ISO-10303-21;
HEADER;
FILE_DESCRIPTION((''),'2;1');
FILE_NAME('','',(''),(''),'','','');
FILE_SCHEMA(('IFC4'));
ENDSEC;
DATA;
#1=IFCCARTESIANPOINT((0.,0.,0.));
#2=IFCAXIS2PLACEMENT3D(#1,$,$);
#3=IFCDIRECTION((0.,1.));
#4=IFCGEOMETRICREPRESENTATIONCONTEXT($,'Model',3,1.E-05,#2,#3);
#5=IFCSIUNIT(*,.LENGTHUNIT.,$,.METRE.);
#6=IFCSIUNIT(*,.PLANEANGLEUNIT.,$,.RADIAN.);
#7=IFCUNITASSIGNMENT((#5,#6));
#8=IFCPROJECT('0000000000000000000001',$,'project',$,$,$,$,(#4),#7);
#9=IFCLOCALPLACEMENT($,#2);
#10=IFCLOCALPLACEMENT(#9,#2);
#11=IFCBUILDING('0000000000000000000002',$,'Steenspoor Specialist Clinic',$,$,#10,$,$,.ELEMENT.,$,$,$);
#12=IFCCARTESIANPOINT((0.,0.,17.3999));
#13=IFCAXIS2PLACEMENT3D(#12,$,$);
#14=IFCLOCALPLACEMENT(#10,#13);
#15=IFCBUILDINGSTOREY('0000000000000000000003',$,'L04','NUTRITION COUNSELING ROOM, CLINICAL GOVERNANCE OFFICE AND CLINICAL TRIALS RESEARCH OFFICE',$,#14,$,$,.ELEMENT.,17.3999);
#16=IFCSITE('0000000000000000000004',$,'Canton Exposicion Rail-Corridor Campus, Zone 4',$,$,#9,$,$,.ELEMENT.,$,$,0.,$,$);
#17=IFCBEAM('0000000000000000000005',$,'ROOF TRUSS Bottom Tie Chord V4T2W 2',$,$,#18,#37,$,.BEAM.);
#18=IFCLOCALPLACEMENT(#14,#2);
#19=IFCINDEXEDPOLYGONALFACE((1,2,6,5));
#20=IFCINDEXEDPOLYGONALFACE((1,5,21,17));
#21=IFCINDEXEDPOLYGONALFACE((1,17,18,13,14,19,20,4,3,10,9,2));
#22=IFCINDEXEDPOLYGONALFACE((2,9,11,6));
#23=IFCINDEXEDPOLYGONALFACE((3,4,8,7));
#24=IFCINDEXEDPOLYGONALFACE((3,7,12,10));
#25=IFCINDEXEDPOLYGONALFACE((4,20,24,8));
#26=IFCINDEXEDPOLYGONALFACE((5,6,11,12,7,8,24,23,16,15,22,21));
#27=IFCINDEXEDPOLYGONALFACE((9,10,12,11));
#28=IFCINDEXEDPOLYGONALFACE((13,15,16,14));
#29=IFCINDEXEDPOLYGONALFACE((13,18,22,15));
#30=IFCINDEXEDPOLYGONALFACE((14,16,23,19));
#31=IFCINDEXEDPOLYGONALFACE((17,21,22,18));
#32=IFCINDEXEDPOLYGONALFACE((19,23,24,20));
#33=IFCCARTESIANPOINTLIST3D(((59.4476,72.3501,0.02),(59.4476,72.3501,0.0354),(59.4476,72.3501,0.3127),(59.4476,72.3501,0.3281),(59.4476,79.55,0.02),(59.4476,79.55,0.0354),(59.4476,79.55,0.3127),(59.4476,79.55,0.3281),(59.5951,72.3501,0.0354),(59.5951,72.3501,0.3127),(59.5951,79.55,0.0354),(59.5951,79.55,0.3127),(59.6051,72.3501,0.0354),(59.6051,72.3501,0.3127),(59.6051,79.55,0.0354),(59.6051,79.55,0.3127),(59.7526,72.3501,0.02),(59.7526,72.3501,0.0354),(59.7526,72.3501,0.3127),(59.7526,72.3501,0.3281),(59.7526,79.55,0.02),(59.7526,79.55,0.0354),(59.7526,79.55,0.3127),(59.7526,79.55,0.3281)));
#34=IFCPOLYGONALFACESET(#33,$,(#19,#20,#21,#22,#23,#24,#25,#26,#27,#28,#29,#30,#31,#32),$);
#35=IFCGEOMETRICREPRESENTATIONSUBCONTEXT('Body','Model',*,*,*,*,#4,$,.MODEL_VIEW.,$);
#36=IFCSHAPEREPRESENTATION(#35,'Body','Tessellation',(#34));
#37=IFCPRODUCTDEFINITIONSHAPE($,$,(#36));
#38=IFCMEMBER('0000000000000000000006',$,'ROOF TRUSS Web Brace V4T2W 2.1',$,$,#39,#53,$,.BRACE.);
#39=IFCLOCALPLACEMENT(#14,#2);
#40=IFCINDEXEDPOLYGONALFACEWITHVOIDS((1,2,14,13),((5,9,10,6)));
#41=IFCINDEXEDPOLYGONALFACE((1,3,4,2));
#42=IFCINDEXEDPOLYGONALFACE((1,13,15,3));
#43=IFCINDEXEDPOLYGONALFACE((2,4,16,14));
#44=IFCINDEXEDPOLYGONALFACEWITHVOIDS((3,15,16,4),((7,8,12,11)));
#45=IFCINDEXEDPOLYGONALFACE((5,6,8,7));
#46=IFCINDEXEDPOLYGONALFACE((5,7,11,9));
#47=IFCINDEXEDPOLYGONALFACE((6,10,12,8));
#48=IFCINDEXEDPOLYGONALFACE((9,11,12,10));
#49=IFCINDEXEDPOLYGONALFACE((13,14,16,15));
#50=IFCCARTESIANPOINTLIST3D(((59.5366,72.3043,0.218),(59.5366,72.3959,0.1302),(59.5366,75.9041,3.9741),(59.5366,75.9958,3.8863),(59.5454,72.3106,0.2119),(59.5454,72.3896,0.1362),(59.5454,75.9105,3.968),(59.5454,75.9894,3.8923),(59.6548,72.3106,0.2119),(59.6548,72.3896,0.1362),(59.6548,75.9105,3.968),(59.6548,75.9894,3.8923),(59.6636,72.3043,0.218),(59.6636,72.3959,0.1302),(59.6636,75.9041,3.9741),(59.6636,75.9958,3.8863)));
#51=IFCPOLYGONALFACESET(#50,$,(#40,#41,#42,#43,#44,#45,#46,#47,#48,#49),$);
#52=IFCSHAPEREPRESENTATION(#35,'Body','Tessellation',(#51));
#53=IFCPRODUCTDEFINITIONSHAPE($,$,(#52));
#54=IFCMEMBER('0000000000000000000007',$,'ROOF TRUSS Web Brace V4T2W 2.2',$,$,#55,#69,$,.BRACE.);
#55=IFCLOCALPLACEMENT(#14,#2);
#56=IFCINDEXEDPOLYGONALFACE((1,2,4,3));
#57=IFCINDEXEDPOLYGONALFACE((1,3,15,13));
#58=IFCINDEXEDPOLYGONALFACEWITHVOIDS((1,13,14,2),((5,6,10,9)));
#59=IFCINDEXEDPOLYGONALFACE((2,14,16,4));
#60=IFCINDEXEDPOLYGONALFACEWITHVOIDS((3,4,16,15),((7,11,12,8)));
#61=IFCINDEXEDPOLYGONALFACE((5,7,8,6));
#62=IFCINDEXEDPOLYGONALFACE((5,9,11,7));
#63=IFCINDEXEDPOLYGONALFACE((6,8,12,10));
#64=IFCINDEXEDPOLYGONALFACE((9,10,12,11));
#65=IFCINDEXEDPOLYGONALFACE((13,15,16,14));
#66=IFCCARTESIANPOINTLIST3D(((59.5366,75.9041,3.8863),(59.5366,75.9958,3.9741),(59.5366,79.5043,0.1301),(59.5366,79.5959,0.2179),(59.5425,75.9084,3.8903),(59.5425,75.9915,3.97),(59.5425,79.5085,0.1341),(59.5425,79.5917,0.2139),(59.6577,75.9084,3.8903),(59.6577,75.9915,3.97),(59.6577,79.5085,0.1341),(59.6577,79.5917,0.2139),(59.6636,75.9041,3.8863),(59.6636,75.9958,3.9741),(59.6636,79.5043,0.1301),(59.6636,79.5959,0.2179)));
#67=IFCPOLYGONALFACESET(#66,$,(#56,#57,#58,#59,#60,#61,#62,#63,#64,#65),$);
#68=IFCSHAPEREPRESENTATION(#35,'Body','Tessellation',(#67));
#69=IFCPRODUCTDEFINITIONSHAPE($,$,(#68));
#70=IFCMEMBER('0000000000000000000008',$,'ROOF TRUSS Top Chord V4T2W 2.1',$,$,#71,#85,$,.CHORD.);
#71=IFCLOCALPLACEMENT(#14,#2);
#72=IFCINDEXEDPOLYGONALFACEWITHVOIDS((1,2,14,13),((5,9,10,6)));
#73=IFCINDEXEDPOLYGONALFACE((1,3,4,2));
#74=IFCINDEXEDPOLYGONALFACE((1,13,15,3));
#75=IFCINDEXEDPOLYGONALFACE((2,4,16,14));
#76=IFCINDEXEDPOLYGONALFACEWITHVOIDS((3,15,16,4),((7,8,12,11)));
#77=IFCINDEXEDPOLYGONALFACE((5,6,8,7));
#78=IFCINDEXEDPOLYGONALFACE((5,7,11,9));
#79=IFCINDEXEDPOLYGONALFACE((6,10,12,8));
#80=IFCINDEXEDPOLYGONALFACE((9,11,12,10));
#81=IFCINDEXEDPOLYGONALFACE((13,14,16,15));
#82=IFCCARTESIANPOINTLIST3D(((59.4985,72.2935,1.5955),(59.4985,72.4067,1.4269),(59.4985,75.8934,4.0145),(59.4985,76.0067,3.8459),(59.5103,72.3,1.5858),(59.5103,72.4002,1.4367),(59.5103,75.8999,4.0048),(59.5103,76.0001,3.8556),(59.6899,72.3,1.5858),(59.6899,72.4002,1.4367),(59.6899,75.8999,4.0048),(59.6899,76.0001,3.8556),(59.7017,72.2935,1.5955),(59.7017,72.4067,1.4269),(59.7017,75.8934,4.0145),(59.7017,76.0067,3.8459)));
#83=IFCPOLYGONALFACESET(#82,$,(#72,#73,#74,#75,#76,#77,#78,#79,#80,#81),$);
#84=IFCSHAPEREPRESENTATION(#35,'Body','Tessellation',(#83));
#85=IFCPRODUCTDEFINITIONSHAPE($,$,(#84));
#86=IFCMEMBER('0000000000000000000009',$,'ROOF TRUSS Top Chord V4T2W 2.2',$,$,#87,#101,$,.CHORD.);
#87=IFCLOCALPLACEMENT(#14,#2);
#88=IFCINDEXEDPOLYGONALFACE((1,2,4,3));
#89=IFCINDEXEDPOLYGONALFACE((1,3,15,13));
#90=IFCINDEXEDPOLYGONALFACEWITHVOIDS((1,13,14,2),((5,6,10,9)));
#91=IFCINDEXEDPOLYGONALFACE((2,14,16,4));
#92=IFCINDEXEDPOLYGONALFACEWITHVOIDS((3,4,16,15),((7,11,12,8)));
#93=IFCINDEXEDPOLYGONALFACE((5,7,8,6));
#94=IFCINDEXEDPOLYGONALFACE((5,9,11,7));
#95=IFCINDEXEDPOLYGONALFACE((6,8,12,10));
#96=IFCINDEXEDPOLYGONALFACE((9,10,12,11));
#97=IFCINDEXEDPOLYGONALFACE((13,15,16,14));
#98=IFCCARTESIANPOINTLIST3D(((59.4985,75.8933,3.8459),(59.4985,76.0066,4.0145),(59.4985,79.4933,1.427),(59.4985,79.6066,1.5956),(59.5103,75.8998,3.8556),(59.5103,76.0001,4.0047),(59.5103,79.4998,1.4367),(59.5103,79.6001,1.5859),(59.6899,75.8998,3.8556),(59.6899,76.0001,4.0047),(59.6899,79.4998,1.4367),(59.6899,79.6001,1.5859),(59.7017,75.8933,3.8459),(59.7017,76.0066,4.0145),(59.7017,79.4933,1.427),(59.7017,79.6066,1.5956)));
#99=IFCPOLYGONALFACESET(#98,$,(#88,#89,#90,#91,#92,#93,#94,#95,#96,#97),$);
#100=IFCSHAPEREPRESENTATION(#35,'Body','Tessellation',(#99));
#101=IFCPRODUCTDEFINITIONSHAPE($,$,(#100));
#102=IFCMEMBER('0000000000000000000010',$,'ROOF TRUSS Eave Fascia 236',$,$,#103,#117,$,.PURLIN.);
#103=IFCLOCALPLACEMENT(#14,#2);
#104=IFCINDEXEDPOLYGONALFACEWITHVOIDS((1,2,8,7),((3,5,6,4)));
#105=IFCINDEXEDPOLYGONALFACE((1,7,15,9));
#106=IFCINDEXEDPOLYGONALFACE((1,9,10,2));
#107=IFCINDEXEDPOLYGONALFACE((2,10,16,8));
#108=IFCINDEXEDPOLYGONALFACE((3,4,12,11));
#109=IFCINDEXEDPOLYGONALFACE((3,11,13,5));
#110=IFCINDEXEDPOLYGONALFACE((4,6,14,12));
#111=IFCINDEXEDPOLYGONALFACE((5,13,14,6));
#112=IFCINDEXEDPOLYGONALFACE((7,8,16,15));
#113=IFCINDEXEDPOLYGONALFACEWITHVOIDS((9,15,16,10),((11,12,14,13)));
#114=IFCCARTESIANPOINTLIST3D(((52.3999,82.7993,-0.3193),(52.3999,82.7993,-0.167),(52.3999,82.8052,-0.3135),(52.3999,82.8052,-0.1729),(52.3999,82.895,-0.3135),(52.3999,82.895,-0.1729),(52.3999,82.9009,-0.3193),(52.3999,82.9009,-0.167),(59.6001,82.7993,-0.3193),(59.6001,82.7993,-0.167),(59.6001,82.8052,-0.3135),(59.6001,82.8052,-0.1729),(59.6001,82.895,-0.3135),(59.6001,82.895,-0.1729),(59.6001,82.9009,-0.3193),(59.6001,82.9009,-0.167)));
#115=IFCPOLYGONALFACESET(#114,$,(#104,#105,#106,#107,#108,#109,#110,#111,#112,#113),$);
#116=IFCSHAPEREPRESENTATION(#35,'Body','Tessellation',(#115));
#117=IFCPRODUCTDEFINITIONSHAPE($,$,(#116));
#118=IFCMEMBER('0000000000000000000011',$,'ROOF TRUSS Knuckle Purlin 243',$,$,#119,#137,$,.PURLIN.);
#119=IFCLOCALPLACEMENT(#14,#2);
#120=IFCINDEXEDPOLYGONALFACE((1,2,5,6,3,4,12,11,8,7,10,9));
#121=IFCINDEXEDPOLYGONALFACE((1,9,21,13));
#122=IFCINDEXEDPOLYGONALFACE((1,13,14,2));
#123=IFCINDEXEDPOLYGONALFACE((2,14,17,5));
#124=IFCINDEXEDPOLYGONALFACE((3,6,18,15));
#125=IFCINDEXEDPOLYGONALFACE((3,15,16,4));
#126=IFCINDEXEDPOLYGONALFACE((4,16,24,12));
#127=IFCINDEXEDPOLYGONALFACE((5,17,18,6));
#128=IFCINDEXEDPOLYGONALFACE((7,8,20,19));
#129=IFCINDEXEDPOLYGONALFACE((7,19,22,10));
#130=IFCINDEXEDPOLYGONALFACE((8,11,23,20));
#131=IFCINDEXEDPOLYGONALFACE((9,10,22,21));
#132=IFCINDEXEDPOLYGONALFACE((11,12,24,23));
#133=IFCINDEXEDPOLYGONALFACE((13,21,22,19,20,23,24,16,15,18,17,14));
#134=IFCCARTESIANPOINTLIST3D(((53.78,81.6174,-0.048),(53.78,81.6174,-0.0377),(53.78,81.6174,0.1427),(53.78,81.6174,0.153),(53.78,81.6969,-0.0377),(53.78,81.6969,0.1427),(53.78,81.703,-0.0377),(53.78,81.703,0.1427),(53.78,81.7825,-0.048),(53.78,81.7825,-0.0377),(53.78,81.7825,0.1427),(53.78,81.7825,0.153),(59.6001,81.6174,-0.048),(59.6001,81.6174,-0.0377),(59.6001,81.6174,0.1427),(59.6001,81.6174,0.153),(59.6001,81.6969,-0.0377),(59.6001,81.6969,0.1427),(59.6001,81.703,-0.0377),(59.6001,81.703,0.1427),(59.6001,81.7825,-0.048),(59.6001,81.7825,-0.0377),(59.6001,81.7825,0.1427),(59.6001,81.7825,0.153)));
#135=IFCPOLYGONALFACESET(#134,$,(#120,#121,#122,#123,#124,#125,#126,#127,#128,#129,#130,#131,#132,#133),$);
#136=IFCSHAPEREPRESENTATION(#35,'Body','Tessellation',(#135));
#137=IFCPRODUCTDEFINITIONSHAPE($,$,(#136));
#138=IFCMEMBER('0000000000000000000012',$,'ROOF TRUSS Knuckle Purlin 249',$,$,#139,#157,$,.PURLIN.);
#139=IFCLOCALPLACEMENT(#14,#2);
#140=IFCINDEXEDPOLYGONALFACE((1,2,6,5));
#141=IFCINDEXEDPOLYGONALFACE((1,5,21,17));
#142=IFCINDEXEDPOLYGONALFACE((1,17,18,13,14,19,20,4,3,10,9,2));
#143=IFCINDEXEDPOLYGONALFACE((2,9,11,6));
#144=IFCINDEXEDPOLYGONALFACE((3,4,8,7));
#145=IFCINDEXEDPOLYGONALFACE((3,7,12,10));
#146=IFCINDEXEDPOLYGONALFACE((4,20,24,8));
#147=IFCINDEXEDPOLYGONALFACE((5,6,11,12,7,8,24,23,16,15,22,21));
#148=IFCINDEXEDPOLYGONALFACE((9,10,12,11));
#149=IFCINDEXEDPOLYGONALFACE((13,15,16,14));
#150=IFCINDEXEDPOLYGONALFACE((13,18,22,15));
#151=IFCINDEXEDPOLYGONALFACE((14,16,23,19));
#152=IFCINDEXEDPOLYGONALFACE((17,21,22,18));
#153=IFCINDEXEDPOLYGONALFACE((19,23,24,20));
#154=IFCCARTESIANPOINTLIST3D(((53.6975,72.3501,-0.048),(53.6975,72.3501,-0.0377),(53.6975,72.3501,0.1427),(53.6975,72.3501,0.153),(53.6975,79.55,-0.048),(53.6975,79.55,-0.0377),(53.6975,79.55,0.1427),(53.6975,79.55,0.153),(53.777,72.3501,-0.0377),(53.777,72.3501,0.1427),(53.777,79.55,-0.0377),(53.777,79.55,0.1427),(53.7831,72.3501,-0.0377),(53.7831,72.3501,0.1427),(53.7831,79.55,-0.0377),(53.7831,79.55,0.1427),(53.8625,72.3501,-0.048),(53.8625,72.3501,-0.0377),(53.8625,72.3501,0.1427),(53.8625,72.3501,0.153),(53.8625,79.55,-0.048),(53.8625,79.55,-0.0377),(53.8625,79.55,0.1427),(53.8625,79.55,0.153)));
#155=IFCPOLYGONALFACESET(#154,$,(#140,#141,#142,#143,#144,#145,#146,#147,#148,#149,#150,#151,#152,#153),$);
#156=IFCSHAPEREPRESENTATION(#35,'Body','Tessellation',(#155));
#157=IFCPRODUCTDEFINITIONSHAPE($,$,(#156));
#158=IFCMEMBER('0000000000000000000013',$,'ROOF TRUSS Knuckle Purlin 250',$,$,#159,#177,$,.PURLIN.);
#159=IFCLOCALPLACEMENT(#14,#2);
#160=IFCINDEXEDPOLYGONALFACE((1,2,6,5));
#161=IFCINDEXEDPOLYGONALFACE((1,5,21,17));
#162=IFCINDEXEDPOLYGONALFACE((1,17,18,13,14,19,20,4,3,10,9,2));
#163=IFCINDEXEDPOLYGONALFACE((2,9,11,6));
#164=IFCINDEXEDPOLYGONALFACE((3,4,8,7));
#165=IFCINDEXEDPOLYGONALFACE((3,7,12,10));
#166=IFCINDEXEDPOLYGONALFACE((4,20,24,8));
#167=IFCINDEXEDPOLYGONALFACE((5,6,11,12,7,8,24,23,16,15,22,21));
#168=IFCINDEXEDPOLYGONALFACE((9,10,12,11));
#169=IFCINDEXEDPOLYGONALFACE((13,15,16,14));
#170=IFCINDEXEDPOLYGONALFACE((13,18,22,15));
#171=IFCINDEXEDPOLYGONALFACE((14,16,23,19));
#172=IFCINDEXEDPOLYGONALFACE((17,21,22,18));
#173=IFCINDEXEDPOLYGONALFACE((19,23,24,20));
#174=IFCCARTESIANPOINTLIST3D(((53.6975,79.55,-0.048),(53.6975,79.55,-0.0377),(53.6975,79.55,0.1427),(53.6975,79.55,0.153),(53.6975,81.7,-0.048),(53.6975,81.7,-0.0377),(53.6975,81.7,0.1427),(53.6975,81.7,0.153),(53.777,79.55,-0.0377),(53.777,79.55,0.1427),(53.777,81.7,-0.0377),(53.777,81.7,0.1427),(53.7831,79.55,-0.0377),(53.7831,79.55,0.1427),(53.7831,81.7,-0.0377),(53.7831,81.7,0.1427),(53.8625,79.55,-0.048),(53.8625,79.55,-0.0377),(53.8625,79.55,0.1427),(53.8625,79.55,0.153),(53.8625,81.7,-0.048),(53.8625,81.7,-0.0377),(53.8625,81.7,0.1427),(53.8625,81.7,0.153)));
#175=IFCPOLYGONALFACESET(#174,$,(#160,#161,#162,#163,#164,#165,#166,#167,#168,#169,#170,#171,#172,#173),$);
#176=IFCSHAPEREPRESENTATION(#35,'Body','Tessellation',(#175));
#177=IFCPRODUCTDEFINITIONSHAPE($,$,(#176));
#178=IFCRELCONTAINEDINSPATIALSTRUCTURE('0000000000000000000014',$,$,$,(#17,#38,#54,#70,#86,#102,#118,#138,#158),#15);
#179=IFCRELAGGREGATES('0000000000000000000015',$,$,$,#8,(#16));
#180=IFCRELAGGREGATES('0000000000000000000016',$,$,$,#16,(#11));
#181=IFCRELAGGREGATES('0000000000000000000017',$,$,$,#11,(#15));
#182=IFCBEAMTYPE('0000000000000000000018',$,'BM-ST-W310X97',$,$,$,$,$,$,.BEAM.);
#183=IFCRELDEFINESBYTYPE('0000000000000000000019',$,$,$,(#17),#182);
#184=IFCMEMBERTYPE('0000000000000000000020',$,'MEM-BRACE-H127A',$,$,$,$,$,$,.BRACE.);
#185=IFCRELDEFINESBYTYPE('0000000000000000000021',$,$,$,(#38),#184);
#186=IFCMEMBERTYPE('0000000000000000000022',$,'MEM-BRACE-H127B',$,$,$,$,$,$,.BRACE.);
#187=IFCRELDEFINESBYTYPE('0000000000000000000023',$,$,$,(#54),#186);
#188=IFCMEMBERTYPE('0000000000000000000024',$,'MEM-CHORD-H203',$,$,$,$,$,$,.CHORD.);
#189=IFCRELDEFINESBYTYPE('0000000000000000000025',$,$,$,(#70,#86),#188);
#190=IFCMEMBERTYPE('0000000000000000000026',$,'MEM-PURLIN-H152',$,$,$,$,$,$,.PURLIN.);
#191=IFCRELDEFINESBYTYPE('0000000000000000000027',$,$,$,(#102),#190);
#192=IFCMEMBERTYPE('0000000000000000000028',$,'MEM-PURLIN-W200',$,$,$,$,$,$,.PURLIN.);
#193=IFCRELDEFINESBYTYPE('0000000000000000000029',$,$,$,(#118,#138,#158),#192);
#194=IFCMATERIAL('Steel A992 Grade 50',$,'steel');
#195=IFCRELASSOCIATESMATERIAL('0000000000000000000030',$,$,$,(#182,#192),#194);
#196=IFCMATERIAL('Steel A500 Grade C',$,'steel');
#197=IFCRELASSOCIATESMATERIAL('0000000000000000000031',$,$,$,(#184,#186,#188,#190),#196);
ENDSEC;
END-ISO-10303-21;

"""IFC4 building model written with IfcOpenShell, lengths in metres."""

from ifc_helpers import new_model, si_unit, direction, frame, origin, origin_2d, place, context, subcontext, project, spatial, hollow_rectangle, i_section, extrude, material, material_profile, profile_set, type_object, element, save


model = new_model("IFC4")

# Units and contexts
model_context = context("Model", 3, precision=1e-05, world=origin(), true_north=direction((0.0, 1.0)))
body_context = subcontext(model_context, "Body", "Model", "MODEL_VIEW")
ifc_project = project(units=[si_unit("LENGTHUNIT", "METRE"), si_unit("PLANEANGLEUNIT", "RADIAN")], contexts=[model_context])

# Site, building, storey
site_placement = place(None, origin())
site = spatial("IfcSite", under=ifc_project, at=site_placement, Name="Canton Exposicion Rail-Corridor Campus, Zone 4", CompositionType="ELEMENT", RefElevation=0.0)
building_placement = place(site_placement, origin())
building = spatial("IfcBuilding", under=site, at=building_placement, Name="Steenspoor Specialist Clinic", CompositionType="ELEMENT")
storey_placement = place(building_placement, frame((0.0, 0.0, 17.3999)))
storey = spatial("IfcBuildingStorey", under=building, at=storey_placement, Name="L04", Description="NUTRITION COUNSELING ROOM, CLINICAL GOVERNANCE OFFICE AND CLINICAL TRIALS RESEARCH OFFICE", CompositionType="ELEMENT", Elevation=17.3999)

# Beam
ifc_material_1 = material(Name="Steel A992 Grade 50", Category="steel")
ifc_material_profile_1 = material_profile(ifc_material_1, i_section(OverallWidth=0.3049, OverallDepth=0.3081, WebThickness=0.01, FlangeThickness=0.0154, at=origin_2d()), Name="W310X97")
ifc_profile_set_1 = profile_set([ifc_material_profile_1], Name="Steel A992 Grade 50")
beam_type = type_object("IfcBeamType", Name="BM-ST-W310X97", PredefinedType="BEAM", material=ifc_profile_set_1)
beam_placement = place(storey_placement, frame((59.6001, 72.3501, 0.1741), z_axis=(0.0, 1.0, 0.0), x_axis=(-1.0, 0.0, 0.0)))
element("IfcBeam", 1, at=beam_placement, inside=storey, type_object=beam_type, Name="ROOF TRUSS Bottom Tie Chord V4T2W 2", PredefinedType="BEAM", context=body_context, shape_type="SweptSolid", body=[
    extrude(i_section(OverallWidth=0.3049, OverallDepth=0.3081, WebThickness=0.01, FlangeThickness=0.0154, at=origin_2d()), origin(), (0.0, 0.0, 1.0), 7.2),
])

# Members
ifc_material_2 = material(Name="Steel A500 Grade C", Category="steel")
ifc_material_profile_2 = material_profile(ifc_material_2, hollow_rectangle(XDim=0.127, YDim=0.127, WallThickness=0.0088, at=origin_2d()), Name="HSS127X127X9.5")
ifc_profile_set_2 = profile_set([ifc_material_profile_2], Name="Steel A500 Grade C")
member_type_1 = type_object("IfcMemberType", Name="MEM-BRACE-H127A", PredefinedType="BRACE", material=ifc_profile_set_2)
member_1_placement = place(storey_placement, frame((59.6001, 72.3501, 0.1741), z_axis=(0.0, 0.691931, 0.721964), x_axis=(-1.0, 0.0, 0.0)))
element("IfcMember", 2, at=member_1_placement, inside=storey, type_object=member_type_1, Name="ROOF TRUSS Web Brace V4T2W 2.1", PredefinedType="BRACE", context=body_context, shape_type="SweptSolid", body=[
    extrude(hollow_rectangle(XDim=0.127, YDim=0.127, WallThickness=0.0088, at=origin_2d()), origin(), (0.0, 0.0, 1.0), 5.2026),
])
ifc_material_profile_3 = material_profile(ifc_material_2, hollow_rectangle(XDim=0.127, YDim=0.127, WallThickness=0.0059, at=origin_2d()), Name="HSS127X127X6.4")
ifc_profile_set_3 = profile_set([ifc_material_profile_3], Name="Steel A500 Grade C")
member_type_2 = type_object("IfcMemberType", Name="MEM-BRACE-H127B", PredefinedType="BRACE", material=ifc_profile_set_3)
member_2_placement = place(storey_placement, frame((59.6001, 75.95, 3.9302), z_axis=(0.0, 0.691955, -0.72194), x_axis=(-1.0, 0.0, 0.0)))
element("IfcMember", 3, at=member_2_placement, inside=storey, type_object=member_type_2, Name="ROOF TRUSS Web Brace V4T2W 2.2", PredefinedType="BRACE", context=body_context, shape_type="SweptSolid", body=[
    extrude(hollow_rectangle(XDim=0.127, YDim=0.127, WallThickness=0.0059, at=origin_2d()), origin(), (0.0, 0.0, 1.0), 5.2029),
])
ifc_material_profile_4 = material_profile(ifc_material_2, hollow_rectangle(XDim=0.2031, YDim=0.2031, WallThickness=0.0117, at=origin_2d()), Name="HSS203X203X12.7")
ifc_profile_set_4 = profile_set([ifc_material_profile_4], Name="Steel A500 Grade C")
member_type_3 = type_object("IfcMemberType", Name="MEM-CHORD-H203", PredefinedType="CHORD", material=ifc_profile_set_4)
for number, where, z_axis, x_axis, name in (
    (4, (59.6001, 72.3501, 1.5112), (0.0, 0.830018, 0.557736), (-1.0, 0.0, 0.0), "ROOF TRUSS Top Chord V4T2W 2.1"),
    (5, (59.6001, 75.95, 3.9302), (0.0, 0.830036, -0.55771), (-1.0, 0.0, 0.0), "ROOF TRUSS Top Chord V4T2W 2.2"),
):
    element("IfcMember", number, at=place(storey_placement, frame(where, z_axis=z_axis, x_axis=x_axis)), inside=storey, type_object=member_type_3, Name=name, PredefinedType="CHORD", context=body_context, shape_type="SweptSolid", body=[
        extrude(hollow_rectangle(XDim=0.2031, YDim=0.2031, WallThickness=0.0117, at=origin_2d()), origin(), (0.0, 0.0, 1.0), 4.3372),
    ])
ifc_material_profile_5 = material_profile(ifc_material_2, hollow_rectangle(XDim=0.1016, YDim=0.1523, WallThickness=0.0059, at=origin_2d()), Name="HSS152X102X6.4")
ifc_profile_set_5 = profile_set([ifc_material_profile_5], Name="Steel A500 Grade C")
member_type_4 = type_object("IfcMemberType", Name="MEM-PURLIN-H152", PredefinedType="PURLIN", material=ifc_profile_set_5)
member_3_placement = place(storey_placement, frame((52.3999, 82.8501, -0.2432), z_axis=(1.0, 0.0, 0.0), x_axis=(0.0, 1.0, 0.0)))
element("IfcMember", 6, at=member_3_placement, inside=storey, type_object=member_type_4, Name="ROOF TRUSS Eave Fascia 236", PredefinedType="PURLIN", context=body_context, shape_type="SweptSolid", body=[
    extrude(hollow_rectangle(XDim=0.1016, YDim=0.1523, WallThickness=0.0059, at=origin_2d()), origin(), (0.0, 0.0, 1.0), 7.2002),
])
ifc_material_profile_6 = material_profile(ifc_material_1, i_section(OverallWidth=0.165, OverallDepth=0.2009, WebThickness=0.0061, FlangeThickness=0.0103, at=origin_2d()), Name="W200X36")
ifc_profile_set_6 = profile_set([ifc_material_profile_6], Name="Steel A992 Grade 50")
member_type_5 = type_object("IfcMemberType", Name="MEM-PURLIN-W200", PredefinedType="PURLIN", material=ifc_profile_set_6)
member_4_placement = place(storey_placement, frame((53.78, 81.7, 0.0525), z_axis=(1.0, 0.0, 0.0), x_axis=(0.0, 1.0, 0.0)))
element("IfcMember", 7, at=member_4_placement, inside=storey, type_object=member_type_5, Name="ROOF TRUSS Knuckle Purlin 243", PredefinedType="PURLIN", context=body_context, shape_type="SweptSolid", body=[
    extrude(i_section(OverallWidth=0.165, OverallDepth=0.2009, WebThickness=0.0061, FlangeThickness=0.0103, at=origin_2d()), origin(), (0.0, 0.0, 1.0), 5.8201),
])
member_5_placement = place(storey_placement, frame((53.78, 72.3501, 0.0525), z_axis=(0.0, 1.0, 0.0), x_axis=(-1.0, 0.0, 0.0)))
element("IfcMember", 8, at=member_5_placement, inside=storey, type_object=member_type_5, Name="ROOF TRUSS Knuckle Purlin 249", PredefinedType="PURLIN", context=body_context, shape_type="SweptSolid", body=[
    extrude(i_section(OverallWidth=0.165, OverallDepth=0.2009, WebThickness=0.0061, FlangeThickness=0.0103, at=origin_2d()), origin(), (0.0, 0.0, 1.0), 7.2),
])
member_6_placement = place(storey_placement, frame((53.78, 79.55, 0.0525), z_axis=(0.0, 1.0, 0.0), x_axis=(-1.0, 0.0, 0.0)))
element("IfcMember", 9, at=member_6_placement, inside=storey, type_object=member_type_5, Name="ROOF TRUSS Knuckle Purlin 250", PredefinedType="PURLIN", context=body_context, shape_type="SweptSolid", body=[
    extrude(i_section(OverallWidth=0.165, OverallDepth=0.2009, WebThickness=0.0061, FlangeThickness=0.0103, at=origin_2d()), origin(), (0.0, 0.0, 1.0), 2.1499),
])

save(model, "model.ifc")
